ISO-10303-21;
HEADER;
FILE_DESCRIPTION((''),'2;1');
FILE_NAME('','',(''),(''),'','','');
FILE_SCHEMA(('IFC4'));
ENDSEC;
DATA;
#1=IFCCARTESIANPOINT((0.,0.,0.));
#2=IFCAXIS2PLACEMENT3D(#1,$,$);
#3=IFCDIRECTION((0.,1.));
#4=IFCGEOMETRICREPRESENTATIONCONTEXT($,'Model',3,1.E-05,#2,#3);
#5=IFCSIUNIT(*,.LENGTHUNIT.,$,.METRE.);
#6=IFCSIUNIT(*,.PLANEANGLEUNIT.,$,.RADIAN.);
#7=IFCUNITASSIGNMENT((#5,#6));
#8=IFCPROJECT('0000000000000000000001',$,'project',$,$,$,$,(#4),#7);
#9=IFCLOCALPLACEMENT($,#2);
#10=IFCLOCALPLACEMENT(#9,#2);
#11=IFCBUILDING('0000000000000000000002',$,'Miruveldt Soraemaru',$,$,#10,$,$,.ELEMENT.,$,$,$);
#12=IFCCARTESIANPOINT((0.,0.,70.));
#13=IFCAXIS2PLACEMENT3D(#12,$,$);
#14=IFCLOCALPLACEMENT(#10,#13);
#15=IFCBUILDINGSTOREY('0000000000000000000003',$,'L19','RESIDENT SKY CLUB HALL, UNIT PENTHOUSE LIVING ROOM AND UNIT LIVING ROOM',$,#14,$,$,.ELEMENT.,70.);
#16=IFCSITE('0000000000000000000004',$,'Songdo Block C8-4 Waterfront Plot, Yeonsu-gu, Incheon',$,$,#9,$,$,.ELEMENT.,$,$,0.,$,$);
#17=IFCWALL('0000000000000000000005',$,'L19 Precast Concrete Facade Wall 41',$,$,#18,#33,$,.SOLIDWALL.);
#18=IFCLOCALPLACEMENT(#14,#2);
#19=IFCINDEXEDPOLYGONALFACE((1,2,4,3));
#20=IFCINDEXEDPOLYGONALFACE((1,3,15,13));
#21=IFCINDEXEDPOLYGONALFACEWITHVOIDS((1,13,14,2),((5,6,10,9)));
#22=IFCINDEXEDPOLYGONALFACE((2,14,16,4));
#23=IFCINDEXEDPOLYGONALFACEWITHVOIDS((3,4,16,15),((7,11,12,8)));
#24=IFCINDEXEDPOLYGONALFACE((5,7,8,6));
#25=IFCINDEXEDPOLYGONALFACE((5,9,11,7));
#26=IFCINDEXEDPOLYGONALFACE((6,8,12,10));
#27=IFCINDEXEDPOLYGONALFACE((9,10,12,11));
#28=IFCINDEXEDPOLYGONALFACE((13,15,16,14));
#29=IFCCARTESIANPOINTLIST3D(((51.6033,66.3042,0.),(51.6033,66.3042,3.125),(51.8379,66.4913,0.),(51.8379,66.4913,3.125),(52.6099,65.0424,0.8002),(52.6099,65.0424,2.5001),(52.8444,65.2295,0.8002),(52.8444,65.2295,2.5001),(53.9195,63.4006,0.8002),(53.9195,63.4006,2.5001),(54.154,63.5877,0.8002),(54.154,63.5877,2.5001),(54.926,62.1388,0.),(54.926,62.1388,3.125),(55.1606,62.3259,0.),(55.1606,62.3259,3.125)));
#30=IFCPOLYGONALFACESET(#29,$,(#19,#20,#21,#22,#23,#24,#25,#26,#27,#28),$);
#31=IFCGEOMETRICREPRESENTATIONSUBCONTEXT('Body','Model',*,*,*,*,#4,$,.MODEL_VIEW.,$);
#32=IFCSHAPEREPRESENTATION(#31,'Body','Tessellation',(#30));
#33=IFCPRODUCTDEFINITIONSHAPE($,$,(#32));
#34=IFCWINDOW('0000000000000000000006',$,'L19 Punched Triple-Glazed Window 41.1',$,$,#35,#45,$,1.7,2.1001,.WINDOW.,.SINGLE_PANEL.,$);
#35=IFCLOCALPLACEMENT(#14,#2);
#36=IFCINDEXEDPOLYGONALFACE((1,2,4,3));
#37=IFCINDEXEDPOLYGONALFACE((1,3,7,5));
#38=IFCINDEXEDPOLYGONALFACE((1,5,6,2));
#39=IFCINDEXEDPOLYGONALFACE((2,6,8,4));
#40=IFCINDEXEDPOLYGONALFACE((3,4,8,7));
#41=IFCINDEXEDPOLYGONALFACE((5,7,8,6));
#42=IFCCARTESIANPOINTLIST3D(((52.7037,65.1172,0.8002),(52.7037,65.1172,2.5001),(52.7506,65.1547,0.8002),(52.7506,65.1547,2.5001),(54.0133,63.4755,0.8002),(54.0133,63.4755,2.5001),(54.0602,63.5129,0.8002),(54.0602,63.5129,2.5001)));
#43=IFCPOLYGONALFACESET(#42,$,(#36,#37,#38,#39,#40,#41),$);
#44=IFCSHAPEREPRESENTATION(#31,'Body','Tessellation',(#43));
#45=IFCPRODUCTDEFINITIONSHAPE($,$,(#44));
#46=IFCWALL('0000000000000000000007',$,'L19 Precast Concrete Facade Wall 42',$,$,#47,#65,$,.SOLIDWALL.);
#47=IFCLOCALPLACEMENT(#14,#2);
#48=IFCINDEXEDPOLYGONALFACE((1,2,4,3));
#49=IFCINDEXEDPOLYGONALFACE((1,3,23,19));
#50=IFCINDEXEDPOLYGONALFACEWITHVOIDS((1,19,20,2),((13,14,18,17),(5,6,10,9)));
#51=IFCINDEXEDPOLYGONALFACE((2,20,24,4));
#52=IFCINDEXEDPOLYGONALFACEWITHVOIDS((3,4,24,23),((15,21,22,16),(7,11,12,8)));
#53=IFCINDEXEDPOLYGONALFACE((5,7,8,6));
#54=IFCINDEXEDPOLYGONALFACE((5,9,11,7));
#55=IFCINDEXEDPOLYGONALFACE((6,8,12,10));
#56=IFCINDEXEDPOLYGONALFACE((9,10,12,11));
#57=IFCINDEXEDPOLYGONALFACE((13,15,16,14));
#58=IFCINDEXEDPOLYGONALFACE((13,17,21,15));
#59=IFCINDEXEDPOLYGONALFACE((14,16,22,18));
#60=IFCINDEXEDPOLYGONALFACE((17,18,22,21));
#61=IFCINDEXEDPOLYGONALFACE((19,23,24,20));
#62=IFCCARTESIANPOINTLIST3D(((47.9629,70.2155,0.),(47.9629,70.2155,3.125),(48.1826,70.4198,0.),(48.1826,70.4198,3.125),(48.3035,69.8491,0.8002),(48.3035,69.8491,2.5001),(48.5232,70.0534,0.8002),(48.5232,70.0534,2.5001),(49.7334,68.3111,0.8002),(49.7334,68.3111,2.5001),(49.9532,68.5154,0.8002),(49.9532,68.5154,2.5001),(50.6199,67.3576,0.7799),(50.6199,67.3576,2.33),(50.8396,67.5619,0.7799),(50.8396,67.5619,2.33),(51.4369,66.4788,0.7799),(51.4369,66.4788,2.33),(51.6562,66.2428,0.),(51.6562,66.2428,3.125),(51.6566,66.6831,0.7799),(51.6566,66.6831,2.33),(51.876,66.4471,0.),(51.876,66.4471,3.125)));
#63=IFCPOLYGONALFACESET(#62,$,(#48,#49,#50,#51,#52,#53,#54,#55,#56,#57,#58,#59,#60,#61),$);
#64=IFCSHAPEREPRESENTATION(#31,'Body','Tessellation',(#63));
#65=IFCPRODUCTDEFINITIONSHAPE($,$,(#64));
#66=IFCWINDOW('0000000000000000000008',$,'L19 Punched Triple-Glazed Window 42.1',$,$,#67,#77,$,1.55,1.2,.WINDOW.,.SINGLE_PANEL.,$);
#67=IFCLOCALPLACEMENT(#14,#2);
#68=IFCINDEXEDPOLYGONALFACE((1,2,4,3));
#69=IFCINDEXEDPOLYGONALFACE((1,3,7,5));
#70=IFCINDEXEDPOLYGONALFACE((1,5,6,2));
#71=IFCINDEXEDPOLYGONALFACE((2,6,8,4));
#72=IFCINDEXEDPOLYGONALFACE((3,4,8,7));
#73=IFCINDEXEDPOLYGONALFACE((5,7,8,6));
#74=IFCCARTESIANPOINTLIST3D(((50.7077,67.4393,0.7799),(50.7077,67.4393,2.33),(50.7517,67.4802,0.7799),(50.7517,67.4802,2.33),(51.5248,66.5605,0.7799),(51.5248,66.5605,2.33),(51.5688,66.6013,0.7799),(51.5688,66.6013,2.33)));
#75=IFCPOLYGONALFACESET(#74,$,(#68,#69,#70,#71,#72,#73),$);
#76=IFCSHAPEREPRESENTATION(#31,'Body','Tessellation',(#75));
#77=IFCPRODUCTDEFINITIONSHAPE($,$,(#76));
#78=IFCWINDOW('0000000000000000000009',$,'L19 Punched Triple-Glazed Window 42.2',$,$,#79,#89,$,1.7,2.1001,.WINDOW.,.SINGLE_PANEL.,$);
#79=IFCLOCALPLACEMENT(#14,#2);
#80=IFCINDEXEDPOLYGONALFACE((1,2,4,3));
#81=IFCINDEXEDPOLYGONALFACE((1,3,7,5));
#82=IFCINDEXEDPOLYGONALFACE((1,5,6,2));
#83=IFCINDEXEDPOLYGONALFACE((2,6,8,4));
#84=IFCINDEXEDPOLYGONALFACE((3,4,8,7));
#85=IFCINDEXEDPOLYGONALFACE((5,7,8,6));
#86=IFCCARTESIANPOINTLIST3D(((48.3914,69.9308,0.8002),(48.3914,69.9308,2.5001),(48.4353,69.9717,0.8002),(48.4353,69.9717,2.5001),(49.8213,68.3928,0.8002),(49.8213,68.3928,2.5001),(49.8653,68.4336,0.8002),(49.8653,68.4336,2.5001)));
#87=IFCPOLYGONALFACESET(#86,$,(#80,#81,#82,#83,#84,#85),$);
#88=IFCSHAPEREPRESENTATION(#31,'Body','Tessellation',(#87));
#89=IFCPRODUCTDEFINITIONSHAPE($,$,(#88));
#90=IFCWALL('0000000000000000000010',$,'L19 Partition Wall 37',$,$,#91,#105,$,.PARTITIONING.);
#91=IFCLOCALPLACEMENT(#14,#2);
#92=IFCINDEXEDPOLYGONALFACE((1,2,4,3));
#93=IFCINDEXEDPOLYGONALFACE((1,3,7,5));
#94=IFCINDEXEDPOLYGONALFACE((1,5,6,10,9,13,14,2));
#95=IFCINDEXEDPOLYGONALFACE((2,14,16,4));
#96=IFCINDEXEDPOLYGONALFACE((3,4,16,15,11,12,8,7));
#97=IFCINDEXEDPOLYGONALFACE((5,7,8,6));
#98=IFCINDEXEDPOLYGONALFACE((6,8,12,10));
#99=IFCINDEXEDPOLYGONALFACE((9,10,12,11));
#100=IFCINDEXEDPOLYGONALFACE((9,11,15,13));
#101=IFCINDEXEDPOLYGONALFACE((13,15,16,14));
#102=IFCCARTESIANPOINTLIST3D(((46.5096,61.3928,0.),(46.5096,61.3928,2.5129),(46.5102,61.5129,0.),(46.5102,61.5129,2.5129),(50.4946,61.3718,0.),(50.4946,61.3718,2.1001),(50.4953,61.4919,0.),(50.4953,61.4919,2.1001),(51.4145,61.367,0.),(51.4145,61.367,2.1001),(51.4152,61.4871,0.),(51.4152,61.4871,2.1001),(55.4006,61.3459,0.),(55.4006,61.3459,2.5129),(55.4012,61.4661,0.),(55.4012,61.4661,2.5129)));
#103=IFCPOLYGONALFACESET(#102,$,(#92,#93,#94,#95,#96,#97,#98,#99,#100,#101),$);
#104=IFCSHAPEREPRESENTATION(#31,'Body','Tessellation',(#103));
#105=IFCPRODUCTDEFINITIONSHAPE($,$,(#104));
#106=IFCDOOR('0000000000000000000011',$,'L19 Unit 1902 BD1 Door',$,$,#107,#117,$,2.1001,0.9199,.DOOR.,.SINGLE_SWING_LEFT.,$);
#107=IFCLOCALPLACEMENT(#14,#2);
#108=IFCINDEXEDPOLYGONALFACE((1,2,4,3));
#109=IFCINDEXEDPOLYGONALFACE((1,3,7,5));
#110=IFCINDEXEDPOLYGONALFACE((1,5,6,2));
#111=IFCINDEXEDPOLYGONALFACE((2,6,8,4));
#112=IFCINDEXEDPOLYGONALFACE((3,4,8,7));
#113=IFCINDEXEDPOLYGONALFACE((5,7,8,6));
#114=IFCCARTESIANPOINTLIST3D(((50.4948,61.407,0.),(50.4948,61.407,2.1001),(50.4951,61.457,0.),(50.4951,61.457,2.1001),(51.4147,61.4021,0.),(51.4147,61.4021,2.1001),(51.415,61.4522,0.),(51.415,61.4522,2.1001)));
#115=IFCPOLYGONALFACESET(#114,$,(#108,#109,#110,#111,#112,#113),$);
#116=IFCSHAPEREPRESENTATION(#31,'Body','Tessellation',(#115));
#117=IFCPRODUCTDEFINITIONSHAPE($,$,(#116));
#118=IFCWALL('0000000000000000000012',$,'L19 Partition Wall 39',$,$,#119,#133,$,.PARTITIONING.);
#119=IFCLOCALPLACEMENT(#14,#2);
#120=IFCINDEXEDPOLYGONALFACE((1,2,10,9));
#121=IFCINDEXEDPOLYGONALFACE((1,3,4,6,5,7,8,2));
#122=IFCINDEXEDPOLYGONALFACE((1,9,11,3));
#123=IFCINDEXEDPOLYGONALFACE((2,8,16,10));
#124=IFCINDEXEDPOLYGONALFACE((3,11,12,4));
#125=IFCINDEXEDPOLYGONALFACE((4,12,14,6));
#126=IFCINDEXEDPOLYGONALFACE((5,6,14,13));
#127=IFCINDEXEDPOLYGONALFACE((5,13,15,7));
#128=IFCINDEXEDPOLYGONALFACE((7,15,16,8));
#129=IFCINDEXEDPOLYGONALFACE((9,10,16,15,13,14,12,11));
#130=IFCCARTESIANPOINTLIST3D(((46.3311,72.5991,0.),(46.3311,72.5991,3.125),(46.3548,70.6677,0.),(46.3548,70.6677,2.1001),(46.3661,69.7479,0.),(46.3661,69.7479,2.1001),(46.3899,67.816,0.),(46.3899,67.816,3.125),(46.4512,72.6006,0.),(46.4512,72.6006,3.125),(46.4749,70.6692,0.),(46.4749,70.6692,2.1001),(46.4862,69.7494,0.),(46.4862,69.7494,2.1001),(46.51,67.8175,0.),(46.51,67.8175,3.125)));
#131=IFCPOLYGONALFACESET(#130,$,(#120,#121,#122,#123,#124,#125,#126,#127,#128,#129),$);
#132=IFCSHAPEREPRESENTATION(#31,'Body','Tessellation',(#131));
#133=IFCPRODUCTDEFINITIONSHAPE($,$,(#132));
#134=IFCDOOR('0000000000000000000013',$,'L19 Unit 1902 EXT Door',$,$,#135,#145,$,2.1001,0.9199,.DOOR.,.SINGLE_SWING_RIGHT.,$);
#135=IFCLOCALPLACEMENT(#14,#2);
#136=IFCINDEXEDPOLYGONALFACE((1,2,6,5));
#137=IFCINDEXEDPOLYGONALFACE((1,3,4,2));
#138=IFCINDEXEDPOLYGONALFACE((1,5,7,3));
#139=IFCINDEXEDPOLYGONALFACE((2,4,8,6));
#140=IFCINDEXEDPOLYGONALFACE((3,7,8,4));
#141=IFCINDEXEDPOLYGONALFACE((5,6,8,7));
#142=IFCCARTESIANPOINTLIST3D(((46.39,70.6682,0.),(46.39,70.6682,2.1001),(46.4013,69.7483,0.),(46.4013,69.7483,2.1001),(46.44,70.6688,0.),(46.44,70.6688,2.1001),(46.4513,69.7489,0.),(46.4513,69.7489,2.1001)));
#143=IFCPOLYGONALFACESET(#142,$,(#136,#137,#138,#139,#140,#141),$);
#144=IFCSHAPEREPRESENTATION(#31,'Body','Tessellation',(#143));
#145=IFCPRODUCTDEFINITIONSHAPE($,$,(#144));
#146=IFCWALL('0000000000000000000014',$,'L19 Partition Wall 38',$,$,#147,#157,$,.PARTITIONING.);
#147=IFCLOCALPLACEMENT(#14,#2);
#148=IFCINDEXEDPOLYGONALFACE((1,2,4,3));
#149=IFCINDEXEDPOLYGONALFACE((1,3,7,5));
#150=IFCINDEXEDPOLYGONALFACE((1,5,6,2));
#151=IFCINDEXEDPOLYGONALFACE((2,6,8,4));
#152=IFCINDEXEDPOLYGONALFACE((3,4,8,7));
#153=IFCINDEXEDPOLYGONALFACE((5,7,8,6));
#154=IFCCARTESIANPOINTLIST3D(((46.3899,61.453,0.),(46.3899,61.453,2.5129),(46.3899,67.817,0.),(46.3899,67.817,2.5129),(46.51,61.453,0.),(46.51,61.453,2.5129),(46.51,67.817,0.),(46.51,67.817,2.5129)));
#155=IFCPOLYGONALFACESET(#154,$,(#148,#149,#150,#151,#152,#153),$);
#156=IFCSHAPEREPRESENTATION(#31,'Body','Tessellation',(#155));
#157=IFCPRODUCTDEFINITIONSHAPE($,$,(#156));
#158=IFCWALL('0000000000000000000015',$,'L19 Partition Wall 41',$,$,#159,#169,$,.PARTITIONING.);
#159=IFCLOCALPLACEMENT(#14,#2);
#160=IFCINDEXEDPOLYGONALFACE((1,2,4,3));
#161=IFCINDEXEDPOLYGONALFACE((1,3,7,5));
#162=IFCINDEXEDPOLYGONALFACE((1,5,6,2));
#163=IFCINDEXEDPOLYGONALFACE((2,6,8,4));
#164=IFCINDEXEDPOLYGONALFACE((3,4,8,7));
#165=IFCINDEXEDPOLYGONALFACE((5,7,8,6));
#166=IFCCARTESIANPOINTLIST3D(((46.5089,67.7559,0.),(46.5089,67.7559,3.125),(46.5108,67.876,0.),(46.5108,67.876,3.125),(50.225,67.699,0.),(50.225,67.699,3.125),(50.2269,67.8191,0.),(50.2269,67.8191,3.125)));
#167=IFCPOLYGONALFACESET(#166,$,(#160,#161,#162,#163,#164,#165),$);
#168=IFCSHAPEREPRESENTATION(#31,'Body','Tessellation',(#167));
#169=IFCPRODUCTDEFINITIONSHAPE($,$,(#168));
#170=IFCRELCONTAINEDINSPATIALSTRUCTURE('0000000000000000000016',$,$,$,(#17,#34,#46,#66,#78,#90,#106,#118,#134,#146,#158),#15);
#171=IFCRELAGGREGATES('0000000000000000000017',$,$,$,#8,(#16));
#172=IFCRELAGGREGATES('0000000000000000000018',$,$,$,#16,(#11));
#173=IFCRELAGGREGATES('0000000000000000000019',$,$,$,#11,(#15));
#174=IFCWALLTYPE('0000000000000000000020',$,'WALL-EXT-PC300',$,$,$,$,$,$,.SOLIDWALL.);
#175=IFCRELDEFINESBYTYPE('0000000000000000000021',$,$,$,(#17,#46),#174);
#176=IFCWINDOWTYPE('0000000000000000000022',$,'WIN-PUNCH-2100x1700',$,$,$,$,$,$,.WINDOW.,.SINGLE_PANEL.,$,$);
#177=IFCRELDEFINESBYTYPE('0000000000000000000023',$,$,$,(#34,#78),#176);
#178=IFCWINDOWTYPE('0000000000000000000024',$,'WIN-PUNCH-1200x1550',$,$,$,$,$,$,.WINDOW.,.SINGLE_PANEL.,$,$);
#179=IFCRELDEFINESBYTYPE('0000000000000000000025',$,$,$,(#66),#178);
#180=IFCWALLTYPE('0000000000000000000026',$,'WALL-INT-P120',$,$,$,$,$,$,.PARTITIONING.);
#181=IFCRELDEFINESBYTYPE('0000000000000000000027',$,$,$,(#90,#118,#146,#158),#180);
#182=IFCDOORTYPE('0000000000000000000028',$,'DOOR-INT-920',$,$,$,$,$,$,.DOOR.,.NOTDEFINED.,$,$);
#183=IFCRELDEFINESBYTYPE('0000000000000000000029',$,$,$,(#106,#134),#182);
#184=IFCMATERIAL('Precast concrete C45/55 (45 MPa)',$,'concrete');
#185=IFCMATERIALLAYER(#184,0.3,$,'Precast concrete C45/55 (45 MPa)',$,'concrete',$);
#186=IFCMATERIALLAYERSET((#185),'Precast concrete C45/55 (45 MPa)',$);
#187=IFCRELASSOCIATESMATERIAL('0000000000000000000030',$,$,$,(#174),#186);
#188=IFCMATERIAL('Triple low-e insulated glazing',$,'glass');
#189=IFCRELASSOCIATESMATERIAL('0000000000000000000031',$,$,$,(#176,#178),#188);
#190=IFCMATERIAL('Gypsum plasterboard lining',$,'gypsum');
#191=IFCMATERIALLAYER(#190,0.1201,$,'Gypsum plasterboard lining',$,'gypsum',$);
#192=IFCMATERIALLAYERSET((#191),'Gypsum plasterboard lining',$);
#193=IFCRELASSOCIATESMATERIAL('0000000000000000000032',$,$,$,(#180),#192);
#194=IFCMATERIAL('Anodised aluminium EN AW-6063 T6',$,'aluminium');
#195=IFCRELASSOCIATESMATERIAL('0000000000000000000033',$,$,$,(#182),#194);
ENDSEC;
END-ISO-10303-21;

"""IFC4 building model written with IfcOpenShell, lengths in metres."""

from ifc_helpers import new_model, si_unit, direction, frame, frame_2d, origin, place, context, subcontext, project, spatial, rectangle, extrude, material, layer, layer_set, type_object, element, fill, save


model = new_model("IFC4")

# Units and contexts
model_context = context("Model", 3, precision=1e-05, world=origin(), true_north=direction((0.0, 1.0)))
body_context = subcontext(model_context, "Body", "Model", "MODEL_VIEW")
ifc_project = project(units=[si_unit("LENGTHUNIT", "METRE"), si_unit("PLANEANGLEUNIT", "RADIAN")], contexts=[model_context])

# Site, building, storey
site_placement = place(None, origin())
site = spatial("IfcSite", under=ifc_project, at=site_placement, Name="Songdo Block C8-4 Waterfront Plot, Yeonsu-gu, Incheon", CompositionType="ELEMENT", RefElevation=0.0)
building_placement = place(site_placement, origin())
building = spatial("IfcBuilding", under=site, at=building_placement, Name="Miruveldt Soraemaru", CompositionType="ELEMENT")
storey_placement = place(building_placement, frame((0.0, 0.0, 70.0)))
storey = spatial("IfcBuildingStorey", under=building, at=storey_placement, Name="L19", Description="RESIDENT SKY CLUB HALL, UNIT PENTHOUSE LIVING ROOM AND UNIT LIVING ROOM", CompositionType="ELEMENT", Elevation=70.0)

# Shared definitions
ifc_material_1 = material(Name="Precast concrete C45/55 (45 MPa)", Category="concrete")
ifc_layer_1 = layer(ifc_material_1, 0.3, Name="Precast concrete C45/55 (45 MPa)", Category="concrete")
ifc_layer_set_1 = layer_set([ifc_layer_1], Name="Precast concrete C45/55 (45 MPa)")
wall_type_1 = type_object("IfcWallType", Name="WALL-EXT-PC300", PredefinedType="SOLIDWALL", material=ifc_layer_set_1)
ifc_material_2 = material(Name="Triple low-e insulated glazing", Category="glass")
window_type_1 = type_object("IfcWindowType", Name="WIN-PUNCH-2100x1700", PartitioningType="SINGLE_PANEL", PredefinedType="WINDOW", material=ifc_material_2)

# Wall, opening, window
wall_1_placement = place(storey_placement, frame((55.0432, 62.2324, 0.0), z_axis=(0.0, 0.0, 1.0), x_axis=(-0.623588, 0.781753, 0.0)))
wall_1 = element("IfcWall", 1, at=wall_1_placement, inside=storey, type_object=wall_type_1, Name="L19 Precast Concrete Facade Wall 41", PredefinedType="SOLIDWALL", context=body_context, shape_type="SweptSolid", body=[
    extrude(rectangle(XDim=5.3284, YDim=0.3, at=frame_2d((2.6641, 0.0))), origin(), (0.0, 0.0, 1.0), 3.125),
])
opening_1_placement = place(wall_1_placement, frame((1.614, 0.0, 0.8)))
opening_1 = element("IfcOpeningElement", 2, at=opening_1_placement, cuts=wall_1, PredefinedType="OPENING", context=body_context, shape_type="SweptSolid", body=[
    extrude(rectangle(XDim=2.1001, YDim=1.7, at=frame_2d((1.05, 0.8501))), frame((0.0, 0.1602, 0.0), z_axis=(0.0, -1.0, 0.0), x_axis=(1.0, 0.0, 0.0)), (0.0, 0.0, 1.0), 0.3201),
])
window_1_placement = place(opening_1_placement, origin())
window_1 = element("IfcWindow", 3, at=window_1_placement, inside=storey, type_object=window_type_1, Name="L19 Punched Triple-Glazed Window 41.1", OverallHeight=1.7, OverallWidth=2.1001, PartitioningType="SINGLE_PANEL", PredefinedType="WINDOW", context=body_context, shape_type="SweptSolid", body=[
    extrude(rectangle(XDim=2.1001, YDim=1.7, at=frame_2d((1.05, 0.8501))), frame((0.0, 0.03, 0.0), z_axis=(0.0, -1.0, 0.0), x_axis=(1.0, 0.0, 0.0)), (0.0, 0.0, 1.0), 0.0601),
])
fill(opening_1, window_1)

# Wall, openings, windows
wall_2_placement = place(storey_placement, frame((51.7661, 66.345, 0.0), z_axis=(0.0, 0.0, 1.0), x_axis=(-0.680893, 0.732383, 0.0)))
wall_2 = element("IfcWall", 4, at=wall_2_placement, inside=storey, type_object=wall_type_1, Name="L19 Precast Concrete Facade Wall 42", PredefinedType="SOLIDWALL", context=body_context, shape_type="SweptSolid", body=[
    extrude(rectangle(XDim=5.4243, YDim=0.3, at=frame_2d((2.7122, 0.0))), origin(), (0.0, 0.0, 1.0), 3.125),
])
opening_2_placement = place(wall_2_placement, frame((0.322, 0.0, 0.78)))
opening_2 = element("IfcOpeningElement", 5, at=opening_2_placement, cuts=wall_2, PredefinedType="OPENING", context=body_context, shape_type="SweptSolid", body=[
    extrude(rectangle(XDim=1.2, YDim=1.55, at=frame_2d((0.6001, 0.7749))), frame((0.0, 0.1602, 0.0), z_axis=(0.0, -1.0, 0.0), x_axis=(1.0, 0.0, 0.0)), (0.0, 0.0, 1.0), 0.3201),
])
opening_3_placement = place(wall_2_placement, frame((2.824, 0.0, 0.8)))
opening_3 = element("IfcOpeningElement", 6, at=opening_3_placement, cuts=wall_2, PredefinedType="OPENING", context=body_context, shape_type="SweptSolid", body=[
    extrude(rectangle(XDim=2.1001, YDim=1.7, at=frame_2d((1.05, 0.8501))), frame((0.0, 0.1602, 0.0), z_axis=(0.0, -1.0, 0.0), x_axis=(1.0, 0.0, 0.0)), (0.0, 0.0, 1.0), 0.3201),
])
window_type_2 = type_object("IfcWindowType", Name="WIN-PUNCH-1200x1550", PartitioningType="SINGLE_PANEL", PredefinedType="WINDOW", material=ifc_material_2)
window_2_placement = place(opening_2_placement, origin())
window_2 = element("IfcWindow", 7, at=window_2_placement, inside=storey, type_object=window_type_2, Name="L19 Punched Triple-Glazed Window 42.1", OverallHeight=1.55, OverallWidth=1.2, PartitioningType="SINGLE_PANEL", PredefinedType="WINDOW", context=body_context, shape_type="SweptSolid", body=[
    extrude(rectangle(XDim=1.2, YDim=1.55, at=frame_2d((0.6001, 0.7749))), frame((0.0, 0.03, 0.0), z_axis=(0.0, -1.0, 0.0), x_axis=(1.0, 0.0, 0.0)), (0.0, 0.0, 1.0), 0.0601),
])
fill(opening_2, window_2)
window_3_placement = place(opening_3_placement, origin())
window_3 = element("IfcWindow", 8, at=window_3_placement, inside=storey, type_object=window_type_1, Name="L19 Punched Triple-Glazed Window 42.2", OverallHeight=1.7, OverallWidth=2.1001, PartitioningType="SINGLE_PANEL", PredefinedType="WINDOW", context=body_context, shape_type="SweptSolid", body=[
    extrude(rectangle(XDim=2.1001, YDim=1.7, at=frame_2d((1.05, 0.8501))), frame((0.0, 0.03, 0.0), z_axis=(0.0, -1.0, 0.0), x_axis=(1.0, 0.0, 0.0)), (0.0, 0.0, 1.0), 0.0601),
])
fill(opening_3, window_3)

# Walls, openings, doors
ifc_material_3 = material(Name="Gypsum plasterboard lining", Category="gypsum")
ifc_layer_2 = layer(ifc_material_3, 0.1201, Name="Gypsum plasterboard lining", Category="gypsum")
ifc_layer_set_2 = layer_set([ifc_layer_2], Name="Gypsum plasterboard lining")
wall_type_2 = type_object("IfcWallType", Name="WALL-INT-P120", PredefinedType="PARTITIONING", material=ifc_layer_set_2)
wall_3_placement = place(storey_placement, frame((55.4009, 61.406, 0.0), z_axis=(0.0, 0.0, 1.0), x_axis=(-0.999986, 0.005272, 0.0)))
wall_3 = element("IfcWall", 9, at=wall_3_placement, inside=storey, type_object=wall_type_2, Name="L19 Partition Wall 37", PredefinedType="PARTITIONING", context=body_context, shape_type="SweptSolid", body=[
    extrude(rectangle(XDim=8.8911, YDim=0.1201, at=frame_2d((4.4456, 0.0))), origin(), (0.0, 0.0, 1.0), 2.5129),
])
opening_4_placement = place(wall_3_placement, frame((3.9861, 0.0, 0.0)))
opening_4 = element("IfcOpeningElement", 10, at=opening_4_placement, cuts=wall_3, PredefinedType="OPENING", context=body_context, shape_type="SweptSolid", body=[
    extrude(rectangle(XDim=0.9199, YDim=2.1001, at=frame_2d((0.46, 1.05))), frame((0.0, 0.0701, 0.0), z_axis=(0.0, -1.0, 0.0), x_axis=(1.0, 0.0, 0.0)), (0.0, 0.0, 1.0), 0.1401),
])
ifc_material_4 = material(Name="Anodised aluminium EN AW-6063 T6", Category="aluminium")
door_type = type_object("IfcDoorType", Name="DOOR-INT-920", OperationType="NOTDEFINED", PredefinedType="DOOR", material=ifc_material_4)
door_1_placement = place(opening_4_placement, origin())
door_1 = element("IfcDoor", 11, at=door_1_placement, inside=storey, type_object=door_type, Name="L19 Unit 1902 BD1 Door", OperationType="SINGLE_SWING_LEFT", OverallHeight=2.1001, OverallWidth=0.9199, PredefinedType="DOOR", context=body_context, shape_type="SweptSolid", body=[
    extrude(rectangle(XDim=0.9199, YDim=2.1001, at=frame_2d((0.46, 1.05))), frame((0.0, 0.0249, 0.0), z_axis=(0.0, -1.0, 0.0), x_axis=(1.0, 0.0, 0.0)), (0.0, 0.0, 1.0), 0.05),
])
fill(opening_4, door_1)
wall_4_placement = place(storey_placement, frame((46.45, 67.8169, 0.0), z_axis=(0.0, 0.0, 1.0), x_axis=(-0.0123, 0.999924, 0.0)))
wall_4 = element("IfcWall", 12, at=wall_4_placement, inside=storey, type_object=wall_type_2, Name="L19 Partition Wall 39", PredefinedType="PARTITIONING", context=body_context, shape_type="SweptSolid", body=[
    extrude(rectangle(XDim=4.7834, YDim=0.1201, at=frame_2d((2.3916, 0.0))), origin(), (0.0, 0.0, 1.0), 3.125),
])
opening_5_placement = place(wall_4_placement, frame((1.9319, 0.0, 0.0)))
opening_5 = element("IfcOpeningElement", 13, at=opening_5_placement, cuts=wall_4, PredefinedType="OPENING", context=body_context, shape_type="SweptSolid", body=[
    extrude(rectangle(XDim=0.9199, YDim=2.1001, at=frame_2d((0.46, 1.05))), frame((0.0, 0.0701, 0.0), z_axis=(0.0, -1.0, 0.0), x_axis=(1.0, 0.0, 0.0)), (0.0, 0.0, 1.0), 0.1401),
])
door_2_placement = place(opening_5_placement, origin())
door_2 = element("IfcDoor", 14, at=door_2_placement, inside=storey, type_object=door_type, Name="L19 Unit 1902 EXT Door", OperationType="SINGLE_SWING_RIGHT", OverallHeight=2.1001, OverallWidth=0.9199, PredefinedType="DOOR", context=body_context, shape_type="SweptSolid", body=[
    extrude(rectangle(XDim=0.9199, YDim=2.1001, at=frame_2d((0.46, 1.05))), frame((0.0, 0.0249, 0.0), z_axis=(0.0, -1.0, 0.0), x_axis=(1.0, 0.0, 0.0)), (0.0, 0.0, 1.0), 0.05),
])
fill(opening_5, door_2)

# Walls
wall_5_placement = place(storey_placement, frame((46.45, 61.4529, 0.0), z_axis=(0.0, 0.0, 1.0), x_axis=(0.0, 1.0, 0.0)))
element("IfcWall", 15, at=wall_5_placement, inside=storey, type_object=wall_type_2, Name="L19 Partition Wall 38", PredefinedType="PARTITIONING", context=body_context, shape_type="SweptSolid", body=[
    extrude(rectangle(XDim=6.364, YDim=0.1201, at=frame_2d((3.1821, 0.0))), origin(), (0.0, 0.0, 1.0), 2.5129),
])
wall_6_placement = place(storey_placement, frame((50.2261, 67.759, 0.0), z_axis=(0.0, 0.0, 1.0), x_axis=(-0.999883, 0.015306, 0.0)))
element("IfcWall", 16, at=wall_6_placement, inside=storey, type_object=wall_type_2, Name="L19 Partition Wall 41", PredefinedType="PARTITIONING", context=body_context, shape_type="SweptSolid", body=[
    extrude(rectangle(XDim=3.7166, YDim=0.1201, at=frame_2d((1.8584, 0.0))), origin(), (0.0, 0.0, 1.0), 3.125),
])

save(model, "model.ifc")
